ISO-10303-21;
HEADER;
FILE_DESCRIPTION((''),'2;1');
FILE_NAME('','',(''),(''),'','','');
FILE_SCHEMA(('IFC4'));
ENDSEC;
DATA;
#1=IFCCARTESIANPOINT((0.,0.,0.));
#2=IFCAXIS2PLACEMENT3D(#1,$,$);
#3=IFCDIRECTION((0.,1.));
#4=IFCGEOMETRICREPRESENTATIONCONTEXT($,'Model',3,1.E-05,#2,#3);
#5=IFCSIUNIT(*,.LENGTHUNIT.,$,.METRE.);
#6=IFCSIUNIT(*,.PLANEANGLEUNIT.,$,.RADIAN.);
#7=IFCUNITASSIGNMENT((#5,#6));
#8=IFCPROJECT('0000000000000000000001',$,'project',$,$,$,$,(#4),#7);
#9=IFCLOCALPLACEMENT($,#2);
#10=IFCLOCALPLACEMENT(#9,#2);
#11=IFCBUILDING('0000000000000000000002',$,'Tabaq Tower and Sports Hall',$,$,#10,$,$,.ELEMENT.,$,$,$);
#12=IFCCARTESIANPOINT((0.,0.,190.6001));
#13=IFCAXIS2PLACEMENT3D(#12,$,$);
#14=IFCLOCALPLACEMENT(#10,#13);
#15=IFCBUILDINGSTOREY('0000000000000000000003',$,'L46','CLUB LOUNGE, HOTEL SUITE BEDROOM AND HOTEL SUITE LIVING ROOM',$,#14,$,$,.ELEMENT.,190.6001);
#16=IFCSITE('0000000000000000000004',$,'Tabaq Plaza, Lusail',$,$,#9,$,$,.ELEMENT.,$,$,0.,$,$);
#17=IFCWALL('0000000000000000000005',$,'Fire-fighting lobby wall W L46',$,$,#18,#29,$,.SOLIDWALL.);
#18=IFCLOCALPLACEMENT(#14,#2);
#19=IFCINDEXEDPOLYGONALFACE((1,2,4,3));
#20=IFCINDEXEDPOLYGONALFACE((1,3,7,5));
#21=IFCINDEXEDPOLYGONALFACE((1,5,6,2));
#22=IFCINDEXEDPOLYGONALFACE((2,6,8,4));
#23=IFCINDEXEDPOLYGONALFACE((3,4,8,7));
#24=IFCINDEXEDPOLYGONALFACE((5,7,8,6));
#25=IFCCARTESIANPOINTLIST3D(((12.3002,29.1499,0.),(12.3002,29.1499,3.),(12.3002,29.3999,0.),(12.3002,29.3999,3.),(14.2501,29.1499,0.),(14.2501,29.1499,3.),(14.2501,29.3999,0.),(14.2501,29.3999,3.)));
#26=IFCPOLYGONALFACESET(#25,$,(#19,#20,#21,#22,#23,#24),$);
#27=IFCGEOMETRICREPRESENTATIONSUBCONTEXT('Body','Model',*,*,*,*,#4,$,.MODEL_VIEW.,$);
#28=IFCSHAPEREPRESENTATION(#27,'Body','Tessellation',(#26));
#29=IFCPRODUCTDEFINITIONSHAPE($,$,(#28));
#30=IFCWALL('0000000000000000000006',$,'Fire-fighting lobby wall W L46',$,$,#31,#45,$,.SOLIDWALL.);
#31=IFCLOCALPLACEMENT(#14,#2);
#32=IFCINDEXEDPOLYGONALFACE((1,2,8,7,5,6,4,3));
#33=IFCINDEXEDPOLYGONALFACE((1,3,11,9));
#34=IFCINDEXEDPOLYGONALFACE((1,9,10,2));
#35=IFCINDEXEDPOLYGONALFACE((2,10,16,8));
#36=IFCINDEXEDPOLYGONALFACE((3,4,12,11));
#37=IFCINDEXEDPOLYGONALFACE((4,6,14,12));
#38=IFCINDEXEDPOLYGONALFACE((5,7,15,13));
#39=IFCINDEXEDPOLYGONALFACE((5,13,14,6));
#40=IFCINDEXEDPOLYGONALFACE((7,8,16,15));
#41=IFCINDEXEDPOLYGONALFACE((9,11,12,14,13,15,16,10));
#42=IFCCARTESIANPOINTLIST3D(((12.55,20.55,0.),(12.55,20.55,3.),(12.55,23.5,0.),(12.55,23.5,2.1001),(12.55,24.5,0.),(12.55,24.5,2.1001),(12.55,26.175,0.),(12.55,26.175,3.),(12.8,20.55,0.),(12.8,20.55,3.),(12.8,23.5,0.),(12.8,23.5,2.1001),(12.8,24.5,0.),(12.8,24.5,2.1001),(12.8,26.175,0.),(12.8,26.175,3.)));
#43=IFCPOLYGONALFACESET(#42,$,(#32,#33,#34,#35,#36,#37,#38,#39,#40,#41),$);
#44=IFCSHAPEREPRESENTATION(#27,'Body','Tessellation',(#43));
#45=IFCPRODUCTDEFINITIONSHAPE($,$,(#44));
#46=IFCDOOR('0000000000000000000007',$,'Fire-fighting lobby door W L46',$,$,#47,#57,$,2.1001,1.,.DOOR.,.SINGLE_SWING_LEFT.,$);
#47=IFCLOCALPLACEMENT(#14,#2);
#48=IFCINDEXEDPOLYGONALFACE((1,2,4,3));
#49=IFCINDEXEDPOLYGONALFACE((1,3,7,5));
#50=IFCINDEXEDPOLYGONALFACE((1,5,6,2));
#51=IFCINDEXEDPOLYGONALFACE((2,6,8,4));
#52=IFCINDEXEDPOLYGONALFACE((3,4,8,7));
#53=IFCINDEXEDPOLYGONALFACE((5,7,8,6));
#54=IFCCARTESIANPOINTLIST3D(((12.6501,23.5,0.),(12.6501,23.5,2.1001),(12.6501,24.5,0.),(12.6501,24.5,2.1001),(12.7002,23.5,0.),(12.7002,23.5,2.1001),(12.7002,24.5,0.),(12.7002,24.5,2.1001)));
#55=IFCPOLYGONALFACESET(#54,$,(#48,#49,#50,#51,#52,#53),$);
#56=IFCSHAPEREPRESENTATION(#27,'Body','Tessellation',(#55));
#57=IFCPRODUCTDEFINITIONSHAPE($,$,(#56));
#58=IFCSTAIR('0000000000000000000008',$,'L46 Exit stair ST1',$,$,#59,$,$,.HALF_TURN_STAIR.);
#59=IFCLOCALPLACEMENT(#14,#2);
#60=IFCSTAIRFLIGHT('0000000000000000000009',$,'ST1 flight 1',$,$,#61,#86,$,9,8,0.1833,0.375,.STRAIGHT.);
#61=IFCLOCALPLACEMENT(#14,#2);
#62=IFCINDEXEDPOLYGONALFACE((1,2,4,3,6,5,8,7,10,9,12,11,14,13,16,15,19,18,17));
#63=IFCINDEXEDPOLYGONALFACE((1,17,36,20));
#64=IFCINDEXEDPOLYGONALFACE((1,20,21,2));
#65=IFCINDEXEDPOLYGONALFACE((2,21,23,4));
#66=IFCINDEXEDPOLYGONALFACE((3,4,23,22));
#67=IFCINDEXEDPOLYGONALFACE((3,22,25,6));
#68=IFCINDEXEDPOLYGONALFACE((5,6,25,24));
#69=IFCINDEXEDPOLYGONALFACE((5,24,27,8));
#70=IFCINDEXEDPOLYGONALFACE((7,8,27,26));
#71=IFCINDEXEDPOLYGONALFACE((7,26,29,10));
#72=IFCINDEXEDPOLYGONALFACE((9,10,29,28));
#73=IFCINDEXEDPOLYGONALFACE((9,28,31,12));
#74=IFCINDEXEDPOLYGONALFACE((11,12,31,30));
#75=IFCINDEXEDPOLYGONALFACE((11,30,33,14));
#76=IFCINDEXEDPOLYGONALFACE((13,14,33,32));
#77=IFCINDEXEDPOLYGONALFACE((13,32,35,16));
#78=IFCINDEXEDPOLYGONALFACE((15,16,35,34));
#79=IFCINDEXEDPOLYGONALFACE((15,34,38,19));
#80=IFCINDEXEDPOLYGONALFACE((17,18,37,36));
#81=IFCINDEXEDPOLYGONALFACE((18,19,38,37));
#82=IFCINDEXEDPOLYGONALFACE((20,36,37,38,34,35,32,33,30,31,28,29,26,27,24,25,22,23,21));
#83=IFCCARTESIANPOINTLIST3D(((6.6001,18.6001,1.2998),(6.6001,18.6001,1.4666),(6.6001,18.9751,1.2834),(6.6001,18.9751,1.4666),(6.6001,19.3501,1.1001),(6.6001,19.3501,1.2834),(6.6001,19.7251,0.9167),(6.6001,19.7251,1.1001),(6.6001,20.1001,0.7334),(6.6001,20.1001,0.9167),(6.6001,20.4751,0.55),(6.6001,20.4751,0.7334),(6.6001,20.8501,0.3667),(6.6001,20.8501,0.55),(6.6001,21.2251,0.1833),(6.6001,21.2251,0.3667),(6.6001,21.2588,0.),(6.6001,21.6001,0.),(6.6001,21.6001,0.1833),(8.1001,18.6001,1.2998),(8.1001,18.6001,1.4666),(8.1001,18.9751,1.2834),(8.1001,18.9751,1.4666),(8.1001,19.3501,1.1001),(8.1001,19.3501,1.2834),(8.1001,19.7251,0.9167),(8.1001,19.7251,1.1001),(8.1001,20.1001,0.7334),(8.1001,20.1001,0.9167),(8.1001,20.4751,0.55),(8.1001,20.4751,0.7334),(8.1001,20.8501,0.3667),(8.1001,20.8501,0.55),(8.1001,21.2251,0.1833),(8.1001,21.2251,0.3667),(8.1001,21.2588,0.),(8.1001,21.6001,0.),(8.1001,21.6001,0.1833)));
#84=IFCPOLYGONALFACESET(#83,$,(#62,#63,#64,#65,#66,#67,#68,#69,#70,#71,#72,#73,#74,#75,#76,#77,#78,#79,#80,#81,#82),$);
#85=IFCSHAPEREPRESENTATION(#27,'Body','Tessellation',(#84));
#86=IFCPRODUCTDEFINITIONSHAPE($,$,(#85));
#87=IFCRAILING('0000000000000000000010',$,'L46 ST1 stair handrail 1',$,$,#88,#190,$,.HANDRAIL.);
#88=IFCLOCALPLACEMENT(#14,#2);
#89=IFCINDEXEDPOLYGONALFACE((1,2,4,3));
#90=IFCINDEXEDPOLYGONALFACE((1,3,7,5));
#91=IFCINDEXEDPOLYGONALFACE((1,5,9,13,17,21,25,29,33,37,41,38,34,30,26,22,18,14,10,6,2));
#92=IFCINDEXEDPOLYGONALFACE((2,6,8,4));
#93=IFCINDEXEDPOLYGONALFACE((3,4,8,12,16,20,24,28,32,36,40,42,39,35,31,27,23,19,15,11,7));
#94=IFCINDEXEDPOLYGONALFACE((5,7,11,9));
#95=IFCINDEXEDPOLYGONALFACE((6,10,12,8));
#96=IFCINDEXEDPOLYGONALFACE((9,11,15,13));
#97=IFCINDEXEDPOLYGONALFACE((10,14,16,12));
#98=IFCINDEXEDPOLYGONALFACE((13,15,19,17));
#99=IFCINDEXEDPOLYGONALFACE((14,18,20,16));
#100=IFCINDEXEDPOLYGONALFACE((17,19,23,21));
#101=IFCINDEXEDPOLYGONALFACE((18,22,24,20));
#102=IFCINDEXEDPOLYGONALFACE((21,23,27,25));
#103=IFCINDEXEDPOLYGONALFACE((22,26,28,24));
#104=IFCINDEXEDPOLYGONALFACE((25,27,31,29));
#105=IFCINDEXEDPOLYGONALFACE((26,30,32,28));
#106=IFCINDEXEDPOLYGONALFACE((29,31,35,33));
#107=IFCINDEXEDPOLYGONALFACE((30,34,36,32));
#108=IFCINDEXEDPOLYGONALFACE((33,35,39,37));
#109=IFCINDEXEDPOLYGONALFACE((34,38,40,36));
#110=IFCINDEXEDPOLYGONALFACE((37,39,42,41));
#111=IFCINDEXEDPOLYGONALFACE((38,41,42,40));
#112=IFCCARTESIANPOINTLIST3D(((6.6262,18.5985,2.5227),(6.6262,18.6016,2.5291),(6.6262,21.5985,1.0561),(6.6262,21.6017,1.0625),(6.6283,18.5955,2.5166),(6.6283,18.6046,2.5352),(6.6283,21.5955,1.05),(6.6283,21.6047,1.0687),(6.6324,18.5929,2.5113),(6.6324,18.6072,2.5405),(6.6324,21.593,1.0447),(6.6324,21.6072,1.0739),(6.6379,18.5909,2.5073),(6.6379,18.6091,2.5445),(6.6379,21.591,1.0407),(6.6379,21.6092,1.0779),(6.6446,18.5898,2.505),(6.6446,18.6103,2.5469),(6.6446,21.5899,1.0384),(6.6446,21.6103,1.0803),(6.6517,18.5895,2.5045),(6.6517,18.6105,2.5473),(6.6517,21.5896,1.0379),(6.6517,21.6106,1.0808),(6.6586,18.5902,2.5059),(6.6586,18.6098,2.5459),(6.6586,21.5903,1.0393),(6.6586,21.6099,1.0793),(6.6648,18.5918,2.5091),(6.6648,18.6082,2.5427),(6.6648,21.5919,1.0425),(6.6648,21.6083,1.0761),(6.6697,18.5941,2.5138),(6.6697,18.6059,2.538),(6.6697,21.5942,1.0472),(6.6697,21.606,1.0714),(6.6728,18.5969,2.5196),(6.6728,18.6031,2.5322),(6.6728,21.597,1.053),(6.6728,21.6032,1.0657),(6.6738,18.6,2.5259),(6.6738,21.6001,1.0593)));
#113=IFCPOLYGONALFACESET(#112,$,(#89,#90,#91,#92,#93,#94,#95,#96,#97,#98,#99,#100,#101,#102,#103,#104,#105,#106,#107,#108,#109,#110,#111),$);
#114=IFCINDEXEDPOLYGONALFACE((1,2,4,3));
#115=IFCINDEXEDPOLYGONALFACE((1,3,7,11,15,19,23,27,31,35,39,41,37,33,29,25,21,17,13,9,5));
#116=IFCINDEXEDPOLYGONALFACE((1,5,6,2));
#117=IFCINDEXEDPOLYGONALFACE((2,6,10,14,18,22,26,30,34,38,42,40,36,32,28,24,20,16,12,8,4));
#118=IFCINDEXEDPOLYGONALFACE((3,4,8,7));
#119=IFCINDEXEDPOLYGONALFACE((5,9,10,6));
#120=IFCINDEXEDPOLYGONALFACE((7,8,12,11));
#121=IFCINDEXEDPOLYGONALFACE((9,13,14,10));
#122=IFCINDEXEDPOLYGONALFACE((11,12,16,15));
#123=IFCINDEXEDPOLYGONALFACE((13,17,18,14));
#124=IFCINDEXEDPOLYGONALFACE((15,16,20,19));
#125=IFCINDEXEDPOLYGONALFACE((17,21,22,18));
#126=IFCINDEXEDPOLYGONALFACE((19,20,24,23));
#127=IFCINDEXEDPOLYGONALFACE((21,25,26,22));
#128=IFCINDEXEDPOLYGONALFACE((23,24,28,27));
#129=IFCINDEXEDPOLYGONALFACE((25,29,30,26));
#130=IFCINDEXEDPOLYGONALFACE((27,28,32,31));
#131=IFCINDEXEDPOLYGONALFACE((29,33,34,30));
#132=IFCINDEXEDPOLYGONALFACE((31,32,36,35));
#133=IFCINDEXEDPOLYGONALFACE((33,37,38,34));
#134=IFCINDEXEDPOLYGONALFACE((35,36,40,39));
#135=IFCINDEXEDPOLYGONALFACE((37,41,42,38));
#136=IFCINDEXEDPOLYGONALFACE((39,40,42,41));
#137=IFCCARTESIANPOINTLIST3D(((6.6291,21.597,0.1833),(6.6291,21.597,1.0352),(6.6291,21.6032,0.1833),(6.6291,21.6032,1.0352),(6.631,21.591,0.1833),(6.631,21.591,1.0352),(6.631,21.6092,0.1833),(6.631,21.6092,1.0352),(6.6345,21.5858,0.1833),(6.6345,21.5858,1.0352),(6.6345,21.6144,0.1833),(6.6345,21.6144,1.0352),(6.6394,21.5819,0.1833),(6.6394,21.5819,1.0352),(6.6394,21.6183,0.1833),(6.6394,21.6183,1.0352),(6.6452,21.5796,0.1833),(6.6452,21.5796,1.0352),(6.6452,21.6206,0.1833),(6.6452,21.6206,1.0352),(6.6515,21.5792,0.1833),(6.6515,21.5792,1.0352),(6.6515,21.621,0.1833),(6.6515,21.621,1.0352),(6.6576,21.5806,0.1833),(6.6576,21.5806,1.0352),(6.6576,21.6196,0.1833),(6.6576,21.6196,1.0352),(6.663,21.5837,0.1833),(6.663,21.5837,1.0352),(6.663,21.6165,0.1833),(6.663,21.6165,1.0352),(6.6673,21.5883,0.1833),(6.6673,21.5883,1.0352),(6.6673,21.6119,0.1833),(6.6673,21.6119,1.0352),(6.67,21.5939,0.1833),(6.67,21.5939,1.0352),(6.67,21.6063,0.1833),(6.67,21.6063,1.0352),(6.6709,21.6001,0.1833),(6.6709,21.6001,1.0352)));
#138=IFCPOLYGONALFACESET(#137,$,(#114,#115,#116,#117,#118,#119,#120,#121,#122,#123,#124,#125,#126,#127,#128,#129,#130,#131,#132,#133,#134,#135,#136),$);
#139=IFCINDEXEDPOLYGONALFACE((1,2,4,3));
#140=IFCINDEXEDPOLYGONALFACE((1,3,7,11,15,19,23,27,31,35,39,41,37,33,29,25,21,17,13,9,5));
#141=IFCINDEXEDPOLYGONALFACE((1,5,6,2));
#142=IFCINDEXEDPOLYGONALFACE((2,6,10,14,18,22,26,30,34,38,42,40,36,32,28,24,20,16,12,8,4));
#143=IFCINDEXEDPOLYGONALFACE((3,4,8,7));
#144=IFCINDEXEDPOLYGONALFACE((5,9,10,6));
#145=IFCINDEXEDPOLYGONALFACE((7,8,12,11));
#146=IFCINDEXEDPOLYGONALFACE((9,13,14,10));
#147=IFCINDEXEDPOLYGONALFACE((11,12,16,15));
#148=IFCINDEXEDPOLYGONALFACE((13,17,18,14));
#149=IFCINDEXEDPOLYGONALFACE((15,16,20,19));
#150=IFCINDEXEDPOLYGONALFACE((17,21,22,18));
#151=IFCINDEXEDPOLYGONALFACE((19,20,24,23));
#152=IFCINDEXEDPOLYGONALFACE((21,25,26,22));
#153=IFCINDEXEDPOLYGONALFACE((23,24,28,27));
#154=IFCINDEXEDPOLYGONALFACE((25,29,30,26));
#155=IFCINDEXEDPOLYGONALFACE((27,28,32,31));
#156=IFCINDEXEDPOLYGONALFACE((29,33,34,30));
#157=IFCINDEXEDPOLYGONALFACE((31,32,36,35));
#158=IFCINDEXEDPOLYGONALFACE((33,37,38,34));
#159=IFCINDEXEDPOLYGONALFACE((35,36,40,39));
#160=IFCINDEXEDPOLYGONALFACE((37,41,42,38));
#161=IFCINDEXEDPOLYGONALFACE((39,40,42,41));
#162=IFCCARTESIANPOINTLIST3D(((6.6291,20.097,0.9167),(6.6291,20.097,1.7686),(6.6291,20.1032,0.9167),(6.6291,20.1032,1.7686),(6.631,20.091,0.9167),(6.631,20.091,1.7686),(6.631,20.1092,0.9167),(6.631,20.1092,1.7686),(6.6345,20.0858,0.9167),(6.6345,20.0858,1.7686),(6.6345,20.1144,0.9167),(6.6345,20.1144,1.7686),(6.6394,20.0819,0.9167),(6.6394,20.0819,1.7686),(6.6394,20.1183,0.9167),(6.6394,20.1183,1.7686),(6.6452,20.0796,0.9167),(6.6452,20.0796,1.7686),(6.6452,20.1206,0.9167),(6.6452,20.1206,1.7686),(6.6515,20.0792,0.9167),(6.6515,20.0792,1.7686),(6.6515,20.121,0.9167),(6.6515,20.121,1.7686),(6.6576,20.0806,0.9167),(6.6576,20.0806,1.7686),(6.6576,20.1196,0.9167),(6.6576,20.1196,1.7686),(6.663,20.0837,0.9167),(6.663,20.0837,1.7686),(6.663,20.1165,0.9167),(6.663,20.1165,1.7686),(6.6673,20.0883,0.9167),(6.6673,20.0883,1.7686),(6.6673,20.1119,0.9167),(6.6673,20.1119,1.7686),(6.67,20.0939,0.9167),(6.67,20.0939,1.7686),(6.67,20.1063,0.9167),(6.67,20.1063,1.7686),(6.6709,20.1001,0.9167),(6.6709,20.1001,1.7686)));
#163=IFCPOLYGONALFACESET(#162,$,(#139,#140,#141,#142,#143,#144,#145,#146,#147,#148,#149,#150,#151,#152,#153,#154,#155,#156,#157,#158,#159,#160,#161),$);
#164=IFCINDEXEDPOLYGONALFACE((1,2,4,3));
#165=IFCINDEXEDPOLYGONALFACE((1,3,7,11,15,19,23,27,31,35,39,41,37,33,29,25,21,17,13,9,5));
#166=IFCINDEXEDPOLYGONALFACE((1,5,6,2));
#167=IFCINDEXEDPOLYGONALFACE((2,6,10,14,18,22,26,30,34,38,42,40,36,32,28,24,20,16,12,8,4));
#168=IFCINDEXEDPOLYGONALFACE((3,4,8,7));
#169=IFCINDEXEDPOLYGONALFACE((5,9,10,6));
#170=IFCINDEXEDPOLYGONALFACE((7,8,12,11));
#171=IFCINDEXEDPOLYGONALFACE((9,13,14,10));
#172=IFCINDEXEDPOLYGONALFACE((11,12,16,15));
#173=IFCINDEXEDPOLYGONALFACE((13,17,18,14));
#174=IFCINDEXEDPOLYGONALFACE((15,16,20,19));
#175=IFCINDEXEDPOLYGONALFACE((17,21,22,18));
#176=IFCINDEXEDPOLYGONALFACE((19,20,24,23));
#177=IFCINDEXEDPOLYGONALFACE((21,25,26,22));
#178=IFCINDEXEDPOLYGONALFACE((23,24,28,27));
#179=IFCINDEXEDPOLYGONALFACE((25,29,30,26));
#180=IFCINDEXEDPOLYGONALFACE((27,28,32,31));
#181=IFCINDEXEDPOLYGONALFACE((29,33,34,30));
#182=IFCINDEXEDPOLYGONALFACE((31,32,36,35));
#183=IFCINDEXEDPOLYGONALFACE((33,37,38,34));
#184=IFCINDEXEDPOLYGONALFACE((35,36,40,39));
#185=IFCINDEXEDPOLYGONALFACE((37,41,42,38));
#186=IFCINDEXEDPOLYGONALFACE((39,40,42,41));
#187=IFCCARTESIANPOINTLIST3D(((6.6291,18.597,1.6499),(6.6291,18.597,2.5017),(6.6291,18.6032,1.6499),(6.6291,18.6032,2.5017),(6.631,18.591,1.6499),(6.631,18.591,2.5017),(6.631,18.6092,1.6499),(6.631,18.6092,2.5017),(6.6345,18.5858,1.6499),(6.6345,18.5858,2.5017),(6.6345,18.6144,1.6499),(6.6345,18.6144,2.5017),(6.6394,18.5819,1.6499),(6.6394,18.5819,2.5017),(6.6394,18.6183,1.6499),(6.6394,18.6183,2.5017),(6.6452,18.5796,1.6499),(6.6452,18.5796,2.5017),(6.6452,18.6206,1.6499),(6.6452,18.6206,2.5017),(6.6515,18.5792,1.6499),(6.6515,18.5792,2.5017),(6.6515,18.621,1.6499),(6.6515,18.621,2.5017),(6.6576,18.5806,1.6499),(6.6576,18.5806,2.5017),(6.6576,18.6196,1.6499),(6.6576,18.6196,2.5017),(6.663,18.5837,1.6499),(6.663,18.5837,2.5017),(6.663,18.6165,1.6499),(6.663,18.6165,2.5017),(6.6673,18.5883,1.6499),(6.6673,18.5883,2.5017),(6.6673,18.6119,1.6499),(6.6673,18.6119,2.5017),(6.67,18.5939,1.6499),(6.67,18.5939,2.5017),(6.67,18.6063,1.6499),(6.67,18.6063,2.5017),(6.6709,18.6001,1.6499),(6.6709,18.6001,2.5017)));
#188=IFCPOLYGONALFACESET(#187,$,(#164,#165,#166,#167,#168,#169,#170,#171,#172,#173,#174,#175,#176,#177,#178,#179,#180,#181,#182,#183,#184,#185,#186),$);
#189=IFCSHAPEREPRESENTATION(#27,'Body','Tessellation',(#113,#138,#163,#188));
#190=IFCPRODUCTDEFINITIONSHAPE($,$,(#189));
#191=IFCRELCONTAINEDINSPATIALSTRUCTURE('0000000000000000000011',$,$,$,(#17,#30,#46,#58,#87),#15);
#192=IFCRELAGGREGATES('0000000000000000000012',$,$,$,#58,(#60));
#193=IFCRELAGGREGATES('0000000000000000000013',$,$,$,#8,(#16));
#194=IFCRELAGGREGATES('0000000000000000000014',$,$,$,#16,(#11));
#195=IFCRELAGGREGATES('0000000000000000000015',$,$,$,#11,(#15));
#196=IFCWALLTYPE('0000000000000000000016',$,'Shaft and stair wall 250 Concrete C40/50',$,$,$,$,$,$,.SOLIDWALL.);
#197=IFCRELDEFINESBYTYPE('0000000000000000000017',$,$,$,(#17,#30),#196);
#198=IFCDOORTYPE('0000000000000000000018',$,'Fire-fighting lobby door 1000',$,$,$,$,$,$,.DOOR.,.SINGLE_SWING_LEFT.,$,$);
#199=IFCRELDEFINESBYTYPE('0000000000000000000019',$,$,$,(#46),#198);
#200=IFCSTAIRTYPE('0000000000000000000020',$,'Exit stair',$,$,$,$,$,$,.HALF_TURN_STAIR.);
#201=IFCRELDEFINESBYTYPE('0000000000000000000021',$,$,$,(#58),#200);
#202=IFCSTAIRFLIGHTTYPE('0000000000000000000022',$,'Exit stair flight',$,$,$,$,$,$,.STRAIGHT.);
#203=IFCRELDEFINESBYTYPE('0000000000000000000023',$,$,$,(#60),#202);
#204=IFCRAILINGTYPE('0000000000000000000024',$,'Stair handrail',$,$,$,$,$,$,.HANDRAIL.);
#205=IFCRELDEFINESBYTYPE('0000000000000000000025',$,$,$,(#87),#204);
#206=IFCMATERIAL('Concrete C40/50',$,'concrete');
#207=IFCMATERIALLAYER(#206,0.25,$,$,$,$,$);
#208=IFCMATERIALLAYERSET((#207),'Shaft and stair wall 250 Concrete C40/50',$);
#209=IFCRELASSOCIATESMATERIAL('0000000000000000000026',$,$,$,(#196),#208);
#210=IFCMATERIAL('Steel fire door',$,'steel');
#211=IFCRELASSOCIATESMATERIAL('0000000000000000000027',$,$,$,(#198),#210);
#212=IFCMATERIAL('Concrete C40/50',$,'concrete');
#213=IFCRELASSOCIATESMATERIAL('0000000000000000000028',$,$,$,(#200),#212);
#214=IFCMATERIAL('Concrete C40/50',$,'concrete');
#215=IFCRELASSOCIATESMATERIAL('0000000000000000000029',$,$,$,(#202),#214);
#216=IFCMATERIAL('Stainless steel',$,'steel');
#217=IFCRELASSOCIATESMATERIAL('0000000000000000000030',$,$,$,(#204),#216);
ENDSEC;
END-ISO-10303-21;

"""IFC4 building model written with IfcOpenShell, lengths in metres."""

from ifc_helpers import new_model, si_unit, direction, frame, frame_2d, origin, origin_2d, place, context, subcontext, project, spatial, polyline, rectangle, circle, outline, extrude, material, layer, layer_set, type_object, element, fill, aggregate, save


model = new_model("IFC4")

# Units and contexts
model_context = context("Model", 3, precision=1e-05, world=origin(), true_north=direction((0.0, 1.0)))
body_context = subcontext(model_context, "Body", "Model", "MODEL_VIEW")
ifc_project = project(units=[si_unit("LENGTHUNIT", "METRE"), si_unit("PLANEANGLEUNIT", "RADIAN")], contexts=[model_context])

# Site, building, storey
site_placement = place(None, origin())
site = spatial("IfcSite", under=ifc_project, at=site_placement, Name="Tabaq Plaza, Lusail", CompositionType="ELEMENT", RefElevation=0.0)
building_placement = place(site_placement, origin())
building = spatial("IfcBuilding", under=site, at=building_placement, Name="Tabaq Tower and Sports Hall", CompositionType="ELEMENT")
storey_placement = place(building_placement, frame((0.0, 0.0, 190.6001)))
storey = spatial("IfcBuildingStorey", under=building, at=storey_placement, Name="L46", Description="CLUB LOUNGE, HOTEL SUITE BEDROOM AND HOTEL SUITE LIVING ROOM", CompositionType="ELEMENT", Elevation=190.6001)

# Shared definitions
ifc_material_1 = material(Name="Concrete C40/50", Category="concrete")
ifc_layer_1 = layer(ifc_material_1, 0.25)
ifc_layer_set_1 = layer_set([ifc_layer_1], Name="Shaft and stair wall 250 Concrete C40/50")
wall_type_1 = type_object("IfcWallType", Name="Shaft and stair wall 250 Concrete C40/50", PredefinedType="SOLIDWALL", material=ifc_layer_set_1)

# Shared definitions
ifc_material_2 = material(Name="Steel fire door", Category="steel")
door_type_1 = type_object("IfcDoorType", Name="Fire-fighting lobby door 1000", OperationType="SINGLE_SWING_LEFT", PredefinedType="DOOR", material=ifc_material_2)

# Wall
wall_1_placement = place(storey_placement, frame((12.3, 29.2749, 0.0), z_axis=(0.0, 0.0, 1.0), x_axis=(1.0, 0.0, 0.0)))
element("IfcWall", 1, at=wall_1_placement, inside=storey, type_object=wall_type_1, Name="Fire-fighting lobby wall W L46", PredefinedType="SOLIDWALL", context=body_context, shape_type="SweptSolid", body=[
    extrude(rectangle(XDim=1.95, YDim=0.25, at=frame_2d((0.9751, 0.0))), origin(), (0.0, 0.0, 1.0), 3.0),
])

# Wall, opening, door
wall_2_placement = place(storey_placement, frame((12.675, 20.55, 0.0), z_axis=(0.0, 0.0, 1.0), x_axis=(0.0, 1.0, 0.0)))
wall_2 = element("IfcWall", 2, at=wall_2_placement, inside=storey, type_object=wall_type_1, Name="Fire-fighting lobby wall W L46", PredefinedType="SOLIDWALL", context=body_context, shape_type="SweptSolid", body=[
    extrude(rectangle(XDim=5.625, YDim=0.25, at=frame_2d((2.8125, 0.0))), origin(), (0.0, 0.0, 1.0), 3.0),
])
opening_1_placement = place(wall_2_placement, frame((2.95, 0.0, 0.0)))
opening_1 = element("IfcOpeningElement", 3, at=opening_1_placement, cuts=wall_2, PredefinedType="OPENING", context=body_context, shape_type="SweptSolid", body=[
    extrude(rectangle(XDim=1.0, YDim=2.1001, at=frame_2d((0.5, 1.05))), frame((0.0, 0.125, 0.0), z_axis=(0.0, -1.0, 0.0), x_axis=(1.0, 0.0, 0.0)), (0.0, 0.0, 1.0), 0.25),
])
door_1_placement = place(opening_1_placement, origin())
door_1 = element("IfcDoor", 4, at=door_1_placement, inside=storey, type_object=door_type_1, Name="Fire-fighting lobby door W L46", OperationType="SINGLE_SWING_LEFT", OverallHeight=2.1001, OverallWidth=1.0, PredefinedType="DOOR", context=body_context, shape_type="SweptSolid", body=[
    extrude(rectangle(XDim=1.0, YDim=2.1001, at=frame_2d((0.5, 1.05))), frame((0.0, 0.0249, 0.0), z_axis=(0.0, -1.0, 0.0), x_axis=(1.0, 0.0, 0.0)), (0.0, 0.0, 1.0), 0.05),
])
fill(opening_1, door_1)

# Stair, stair flight
ifc_material_3 = material(Name="Concrete C40/50", Category="concrete")
stair_type = type_object("IfcStairType", Name="Exit stair", PredefinedType="HALF_TURN_STAIR", material=ifc_material_3)
stair_placement = place(storey_placement, origin())
stair = element("IfcStair", 5, at=stair_placement, inside=storey, type_object=stair_type, Name="L46 Exit stair ST1", PredefinedType="HALF_TURN_STAIR")
ifc_material_4 = material(Name="Concrete C40/50", Category="concrete")
stair_flight_type = type_object("IfcStairFlightType", Name="Exit stair flight", PredefinedType="STRAIGHT", material=ifc_material_4)
stair_flight_placement = place(storey_placement, frame((7.3501, 21.6001, 0.0), z_axis=(0.0, 0.0, 1.0), x_axis=(0.0, -1.0, 0.0)))
stair_flight = element("IfcStairFlight", 6, at=stair_flight_placement, type_object=stair_flight_type, Name="ST1 flight 1", NumberOfRisers=9, NumberOfTreads=8, PredefinedType="STRAIGHT", RiserHeight=0.1833, TreadLength=0.375, context=body_context, shape_type="SweptSolid", body=[
    extrude(outline(polyline([(0.0, 0.0), (0.0, 0.1833), (0.375, 0.1833), (0.375, 0.3667), (0.75, 0.3667), (0.75, 0.55), (1.125, 0.55), (1.125, 0.7334), (1.5, 0.7334), (1.5, 0.9167), (1.875, 0.9167), (1.875, 1.1001), (2.25, 1.1001), (2.25, 1.2834), (2.625, 1.2834), (2.625, 1.4666), (3.0, 1.4666), (3.0, 1.6499), (3.0, 1.2998), (0.3413, 0.0), (0.0, 0.0)])), frame((0.0, 0.75, 0.0), z_axis=(0.0, -1.0, 0.0), x_axis=(1.0, 0.0, 0.0)), (0.0, 0.0, 1.0), 1.5),
])
aggregate(stair, [stair_flight])

# Railing
ifc_material_5 = material(Name="Stainless steel", Category="steel")
railing_type_1 = type_object("IfcRailingType", Name="Stair handrail", PredefinedType="HANDRAIL", material=ifc_material_5)
railing_1_placement = place(storey_placement, frame((6.6499, 21.6001, 0.1833)))
element("IfcRailing", 7, at=railing_1_placement, inside=storey, type_object=railing_type_1, Name="L46 ST1 stair handrail 1", PredefinedType="HANDRAIL", context=body_context, shape_type="SweptSolid", body=[
    extrude(circle(Radius=0.0239, at=origin_2d()), frame((0.0, 0.0, 0.876), z_axis=(0.0, -0.898398, 0.439183), x_axis=(1.0, 0.0, 0.0)), (0.0, 0.0, 1.0), 3.3394),
    extrude(circle(Radius=0.021, at=origin_2d()), origin(), (0.0, 0.0, 1.0), 0.8518),
    extrude(circle(Radius=0.021, at=origin_2d()), frame((0.0, -1.5, 0.7334)), (0.0, 0.0, 1.0), 0.8518),
    extrude(circle(Radius=0.021, at=origin_2d()), frame((0.0, -3.0, 1.4666)), (0.0, 0.0, 1.0), 0.8518),
])

save(model, "model.ifc")
